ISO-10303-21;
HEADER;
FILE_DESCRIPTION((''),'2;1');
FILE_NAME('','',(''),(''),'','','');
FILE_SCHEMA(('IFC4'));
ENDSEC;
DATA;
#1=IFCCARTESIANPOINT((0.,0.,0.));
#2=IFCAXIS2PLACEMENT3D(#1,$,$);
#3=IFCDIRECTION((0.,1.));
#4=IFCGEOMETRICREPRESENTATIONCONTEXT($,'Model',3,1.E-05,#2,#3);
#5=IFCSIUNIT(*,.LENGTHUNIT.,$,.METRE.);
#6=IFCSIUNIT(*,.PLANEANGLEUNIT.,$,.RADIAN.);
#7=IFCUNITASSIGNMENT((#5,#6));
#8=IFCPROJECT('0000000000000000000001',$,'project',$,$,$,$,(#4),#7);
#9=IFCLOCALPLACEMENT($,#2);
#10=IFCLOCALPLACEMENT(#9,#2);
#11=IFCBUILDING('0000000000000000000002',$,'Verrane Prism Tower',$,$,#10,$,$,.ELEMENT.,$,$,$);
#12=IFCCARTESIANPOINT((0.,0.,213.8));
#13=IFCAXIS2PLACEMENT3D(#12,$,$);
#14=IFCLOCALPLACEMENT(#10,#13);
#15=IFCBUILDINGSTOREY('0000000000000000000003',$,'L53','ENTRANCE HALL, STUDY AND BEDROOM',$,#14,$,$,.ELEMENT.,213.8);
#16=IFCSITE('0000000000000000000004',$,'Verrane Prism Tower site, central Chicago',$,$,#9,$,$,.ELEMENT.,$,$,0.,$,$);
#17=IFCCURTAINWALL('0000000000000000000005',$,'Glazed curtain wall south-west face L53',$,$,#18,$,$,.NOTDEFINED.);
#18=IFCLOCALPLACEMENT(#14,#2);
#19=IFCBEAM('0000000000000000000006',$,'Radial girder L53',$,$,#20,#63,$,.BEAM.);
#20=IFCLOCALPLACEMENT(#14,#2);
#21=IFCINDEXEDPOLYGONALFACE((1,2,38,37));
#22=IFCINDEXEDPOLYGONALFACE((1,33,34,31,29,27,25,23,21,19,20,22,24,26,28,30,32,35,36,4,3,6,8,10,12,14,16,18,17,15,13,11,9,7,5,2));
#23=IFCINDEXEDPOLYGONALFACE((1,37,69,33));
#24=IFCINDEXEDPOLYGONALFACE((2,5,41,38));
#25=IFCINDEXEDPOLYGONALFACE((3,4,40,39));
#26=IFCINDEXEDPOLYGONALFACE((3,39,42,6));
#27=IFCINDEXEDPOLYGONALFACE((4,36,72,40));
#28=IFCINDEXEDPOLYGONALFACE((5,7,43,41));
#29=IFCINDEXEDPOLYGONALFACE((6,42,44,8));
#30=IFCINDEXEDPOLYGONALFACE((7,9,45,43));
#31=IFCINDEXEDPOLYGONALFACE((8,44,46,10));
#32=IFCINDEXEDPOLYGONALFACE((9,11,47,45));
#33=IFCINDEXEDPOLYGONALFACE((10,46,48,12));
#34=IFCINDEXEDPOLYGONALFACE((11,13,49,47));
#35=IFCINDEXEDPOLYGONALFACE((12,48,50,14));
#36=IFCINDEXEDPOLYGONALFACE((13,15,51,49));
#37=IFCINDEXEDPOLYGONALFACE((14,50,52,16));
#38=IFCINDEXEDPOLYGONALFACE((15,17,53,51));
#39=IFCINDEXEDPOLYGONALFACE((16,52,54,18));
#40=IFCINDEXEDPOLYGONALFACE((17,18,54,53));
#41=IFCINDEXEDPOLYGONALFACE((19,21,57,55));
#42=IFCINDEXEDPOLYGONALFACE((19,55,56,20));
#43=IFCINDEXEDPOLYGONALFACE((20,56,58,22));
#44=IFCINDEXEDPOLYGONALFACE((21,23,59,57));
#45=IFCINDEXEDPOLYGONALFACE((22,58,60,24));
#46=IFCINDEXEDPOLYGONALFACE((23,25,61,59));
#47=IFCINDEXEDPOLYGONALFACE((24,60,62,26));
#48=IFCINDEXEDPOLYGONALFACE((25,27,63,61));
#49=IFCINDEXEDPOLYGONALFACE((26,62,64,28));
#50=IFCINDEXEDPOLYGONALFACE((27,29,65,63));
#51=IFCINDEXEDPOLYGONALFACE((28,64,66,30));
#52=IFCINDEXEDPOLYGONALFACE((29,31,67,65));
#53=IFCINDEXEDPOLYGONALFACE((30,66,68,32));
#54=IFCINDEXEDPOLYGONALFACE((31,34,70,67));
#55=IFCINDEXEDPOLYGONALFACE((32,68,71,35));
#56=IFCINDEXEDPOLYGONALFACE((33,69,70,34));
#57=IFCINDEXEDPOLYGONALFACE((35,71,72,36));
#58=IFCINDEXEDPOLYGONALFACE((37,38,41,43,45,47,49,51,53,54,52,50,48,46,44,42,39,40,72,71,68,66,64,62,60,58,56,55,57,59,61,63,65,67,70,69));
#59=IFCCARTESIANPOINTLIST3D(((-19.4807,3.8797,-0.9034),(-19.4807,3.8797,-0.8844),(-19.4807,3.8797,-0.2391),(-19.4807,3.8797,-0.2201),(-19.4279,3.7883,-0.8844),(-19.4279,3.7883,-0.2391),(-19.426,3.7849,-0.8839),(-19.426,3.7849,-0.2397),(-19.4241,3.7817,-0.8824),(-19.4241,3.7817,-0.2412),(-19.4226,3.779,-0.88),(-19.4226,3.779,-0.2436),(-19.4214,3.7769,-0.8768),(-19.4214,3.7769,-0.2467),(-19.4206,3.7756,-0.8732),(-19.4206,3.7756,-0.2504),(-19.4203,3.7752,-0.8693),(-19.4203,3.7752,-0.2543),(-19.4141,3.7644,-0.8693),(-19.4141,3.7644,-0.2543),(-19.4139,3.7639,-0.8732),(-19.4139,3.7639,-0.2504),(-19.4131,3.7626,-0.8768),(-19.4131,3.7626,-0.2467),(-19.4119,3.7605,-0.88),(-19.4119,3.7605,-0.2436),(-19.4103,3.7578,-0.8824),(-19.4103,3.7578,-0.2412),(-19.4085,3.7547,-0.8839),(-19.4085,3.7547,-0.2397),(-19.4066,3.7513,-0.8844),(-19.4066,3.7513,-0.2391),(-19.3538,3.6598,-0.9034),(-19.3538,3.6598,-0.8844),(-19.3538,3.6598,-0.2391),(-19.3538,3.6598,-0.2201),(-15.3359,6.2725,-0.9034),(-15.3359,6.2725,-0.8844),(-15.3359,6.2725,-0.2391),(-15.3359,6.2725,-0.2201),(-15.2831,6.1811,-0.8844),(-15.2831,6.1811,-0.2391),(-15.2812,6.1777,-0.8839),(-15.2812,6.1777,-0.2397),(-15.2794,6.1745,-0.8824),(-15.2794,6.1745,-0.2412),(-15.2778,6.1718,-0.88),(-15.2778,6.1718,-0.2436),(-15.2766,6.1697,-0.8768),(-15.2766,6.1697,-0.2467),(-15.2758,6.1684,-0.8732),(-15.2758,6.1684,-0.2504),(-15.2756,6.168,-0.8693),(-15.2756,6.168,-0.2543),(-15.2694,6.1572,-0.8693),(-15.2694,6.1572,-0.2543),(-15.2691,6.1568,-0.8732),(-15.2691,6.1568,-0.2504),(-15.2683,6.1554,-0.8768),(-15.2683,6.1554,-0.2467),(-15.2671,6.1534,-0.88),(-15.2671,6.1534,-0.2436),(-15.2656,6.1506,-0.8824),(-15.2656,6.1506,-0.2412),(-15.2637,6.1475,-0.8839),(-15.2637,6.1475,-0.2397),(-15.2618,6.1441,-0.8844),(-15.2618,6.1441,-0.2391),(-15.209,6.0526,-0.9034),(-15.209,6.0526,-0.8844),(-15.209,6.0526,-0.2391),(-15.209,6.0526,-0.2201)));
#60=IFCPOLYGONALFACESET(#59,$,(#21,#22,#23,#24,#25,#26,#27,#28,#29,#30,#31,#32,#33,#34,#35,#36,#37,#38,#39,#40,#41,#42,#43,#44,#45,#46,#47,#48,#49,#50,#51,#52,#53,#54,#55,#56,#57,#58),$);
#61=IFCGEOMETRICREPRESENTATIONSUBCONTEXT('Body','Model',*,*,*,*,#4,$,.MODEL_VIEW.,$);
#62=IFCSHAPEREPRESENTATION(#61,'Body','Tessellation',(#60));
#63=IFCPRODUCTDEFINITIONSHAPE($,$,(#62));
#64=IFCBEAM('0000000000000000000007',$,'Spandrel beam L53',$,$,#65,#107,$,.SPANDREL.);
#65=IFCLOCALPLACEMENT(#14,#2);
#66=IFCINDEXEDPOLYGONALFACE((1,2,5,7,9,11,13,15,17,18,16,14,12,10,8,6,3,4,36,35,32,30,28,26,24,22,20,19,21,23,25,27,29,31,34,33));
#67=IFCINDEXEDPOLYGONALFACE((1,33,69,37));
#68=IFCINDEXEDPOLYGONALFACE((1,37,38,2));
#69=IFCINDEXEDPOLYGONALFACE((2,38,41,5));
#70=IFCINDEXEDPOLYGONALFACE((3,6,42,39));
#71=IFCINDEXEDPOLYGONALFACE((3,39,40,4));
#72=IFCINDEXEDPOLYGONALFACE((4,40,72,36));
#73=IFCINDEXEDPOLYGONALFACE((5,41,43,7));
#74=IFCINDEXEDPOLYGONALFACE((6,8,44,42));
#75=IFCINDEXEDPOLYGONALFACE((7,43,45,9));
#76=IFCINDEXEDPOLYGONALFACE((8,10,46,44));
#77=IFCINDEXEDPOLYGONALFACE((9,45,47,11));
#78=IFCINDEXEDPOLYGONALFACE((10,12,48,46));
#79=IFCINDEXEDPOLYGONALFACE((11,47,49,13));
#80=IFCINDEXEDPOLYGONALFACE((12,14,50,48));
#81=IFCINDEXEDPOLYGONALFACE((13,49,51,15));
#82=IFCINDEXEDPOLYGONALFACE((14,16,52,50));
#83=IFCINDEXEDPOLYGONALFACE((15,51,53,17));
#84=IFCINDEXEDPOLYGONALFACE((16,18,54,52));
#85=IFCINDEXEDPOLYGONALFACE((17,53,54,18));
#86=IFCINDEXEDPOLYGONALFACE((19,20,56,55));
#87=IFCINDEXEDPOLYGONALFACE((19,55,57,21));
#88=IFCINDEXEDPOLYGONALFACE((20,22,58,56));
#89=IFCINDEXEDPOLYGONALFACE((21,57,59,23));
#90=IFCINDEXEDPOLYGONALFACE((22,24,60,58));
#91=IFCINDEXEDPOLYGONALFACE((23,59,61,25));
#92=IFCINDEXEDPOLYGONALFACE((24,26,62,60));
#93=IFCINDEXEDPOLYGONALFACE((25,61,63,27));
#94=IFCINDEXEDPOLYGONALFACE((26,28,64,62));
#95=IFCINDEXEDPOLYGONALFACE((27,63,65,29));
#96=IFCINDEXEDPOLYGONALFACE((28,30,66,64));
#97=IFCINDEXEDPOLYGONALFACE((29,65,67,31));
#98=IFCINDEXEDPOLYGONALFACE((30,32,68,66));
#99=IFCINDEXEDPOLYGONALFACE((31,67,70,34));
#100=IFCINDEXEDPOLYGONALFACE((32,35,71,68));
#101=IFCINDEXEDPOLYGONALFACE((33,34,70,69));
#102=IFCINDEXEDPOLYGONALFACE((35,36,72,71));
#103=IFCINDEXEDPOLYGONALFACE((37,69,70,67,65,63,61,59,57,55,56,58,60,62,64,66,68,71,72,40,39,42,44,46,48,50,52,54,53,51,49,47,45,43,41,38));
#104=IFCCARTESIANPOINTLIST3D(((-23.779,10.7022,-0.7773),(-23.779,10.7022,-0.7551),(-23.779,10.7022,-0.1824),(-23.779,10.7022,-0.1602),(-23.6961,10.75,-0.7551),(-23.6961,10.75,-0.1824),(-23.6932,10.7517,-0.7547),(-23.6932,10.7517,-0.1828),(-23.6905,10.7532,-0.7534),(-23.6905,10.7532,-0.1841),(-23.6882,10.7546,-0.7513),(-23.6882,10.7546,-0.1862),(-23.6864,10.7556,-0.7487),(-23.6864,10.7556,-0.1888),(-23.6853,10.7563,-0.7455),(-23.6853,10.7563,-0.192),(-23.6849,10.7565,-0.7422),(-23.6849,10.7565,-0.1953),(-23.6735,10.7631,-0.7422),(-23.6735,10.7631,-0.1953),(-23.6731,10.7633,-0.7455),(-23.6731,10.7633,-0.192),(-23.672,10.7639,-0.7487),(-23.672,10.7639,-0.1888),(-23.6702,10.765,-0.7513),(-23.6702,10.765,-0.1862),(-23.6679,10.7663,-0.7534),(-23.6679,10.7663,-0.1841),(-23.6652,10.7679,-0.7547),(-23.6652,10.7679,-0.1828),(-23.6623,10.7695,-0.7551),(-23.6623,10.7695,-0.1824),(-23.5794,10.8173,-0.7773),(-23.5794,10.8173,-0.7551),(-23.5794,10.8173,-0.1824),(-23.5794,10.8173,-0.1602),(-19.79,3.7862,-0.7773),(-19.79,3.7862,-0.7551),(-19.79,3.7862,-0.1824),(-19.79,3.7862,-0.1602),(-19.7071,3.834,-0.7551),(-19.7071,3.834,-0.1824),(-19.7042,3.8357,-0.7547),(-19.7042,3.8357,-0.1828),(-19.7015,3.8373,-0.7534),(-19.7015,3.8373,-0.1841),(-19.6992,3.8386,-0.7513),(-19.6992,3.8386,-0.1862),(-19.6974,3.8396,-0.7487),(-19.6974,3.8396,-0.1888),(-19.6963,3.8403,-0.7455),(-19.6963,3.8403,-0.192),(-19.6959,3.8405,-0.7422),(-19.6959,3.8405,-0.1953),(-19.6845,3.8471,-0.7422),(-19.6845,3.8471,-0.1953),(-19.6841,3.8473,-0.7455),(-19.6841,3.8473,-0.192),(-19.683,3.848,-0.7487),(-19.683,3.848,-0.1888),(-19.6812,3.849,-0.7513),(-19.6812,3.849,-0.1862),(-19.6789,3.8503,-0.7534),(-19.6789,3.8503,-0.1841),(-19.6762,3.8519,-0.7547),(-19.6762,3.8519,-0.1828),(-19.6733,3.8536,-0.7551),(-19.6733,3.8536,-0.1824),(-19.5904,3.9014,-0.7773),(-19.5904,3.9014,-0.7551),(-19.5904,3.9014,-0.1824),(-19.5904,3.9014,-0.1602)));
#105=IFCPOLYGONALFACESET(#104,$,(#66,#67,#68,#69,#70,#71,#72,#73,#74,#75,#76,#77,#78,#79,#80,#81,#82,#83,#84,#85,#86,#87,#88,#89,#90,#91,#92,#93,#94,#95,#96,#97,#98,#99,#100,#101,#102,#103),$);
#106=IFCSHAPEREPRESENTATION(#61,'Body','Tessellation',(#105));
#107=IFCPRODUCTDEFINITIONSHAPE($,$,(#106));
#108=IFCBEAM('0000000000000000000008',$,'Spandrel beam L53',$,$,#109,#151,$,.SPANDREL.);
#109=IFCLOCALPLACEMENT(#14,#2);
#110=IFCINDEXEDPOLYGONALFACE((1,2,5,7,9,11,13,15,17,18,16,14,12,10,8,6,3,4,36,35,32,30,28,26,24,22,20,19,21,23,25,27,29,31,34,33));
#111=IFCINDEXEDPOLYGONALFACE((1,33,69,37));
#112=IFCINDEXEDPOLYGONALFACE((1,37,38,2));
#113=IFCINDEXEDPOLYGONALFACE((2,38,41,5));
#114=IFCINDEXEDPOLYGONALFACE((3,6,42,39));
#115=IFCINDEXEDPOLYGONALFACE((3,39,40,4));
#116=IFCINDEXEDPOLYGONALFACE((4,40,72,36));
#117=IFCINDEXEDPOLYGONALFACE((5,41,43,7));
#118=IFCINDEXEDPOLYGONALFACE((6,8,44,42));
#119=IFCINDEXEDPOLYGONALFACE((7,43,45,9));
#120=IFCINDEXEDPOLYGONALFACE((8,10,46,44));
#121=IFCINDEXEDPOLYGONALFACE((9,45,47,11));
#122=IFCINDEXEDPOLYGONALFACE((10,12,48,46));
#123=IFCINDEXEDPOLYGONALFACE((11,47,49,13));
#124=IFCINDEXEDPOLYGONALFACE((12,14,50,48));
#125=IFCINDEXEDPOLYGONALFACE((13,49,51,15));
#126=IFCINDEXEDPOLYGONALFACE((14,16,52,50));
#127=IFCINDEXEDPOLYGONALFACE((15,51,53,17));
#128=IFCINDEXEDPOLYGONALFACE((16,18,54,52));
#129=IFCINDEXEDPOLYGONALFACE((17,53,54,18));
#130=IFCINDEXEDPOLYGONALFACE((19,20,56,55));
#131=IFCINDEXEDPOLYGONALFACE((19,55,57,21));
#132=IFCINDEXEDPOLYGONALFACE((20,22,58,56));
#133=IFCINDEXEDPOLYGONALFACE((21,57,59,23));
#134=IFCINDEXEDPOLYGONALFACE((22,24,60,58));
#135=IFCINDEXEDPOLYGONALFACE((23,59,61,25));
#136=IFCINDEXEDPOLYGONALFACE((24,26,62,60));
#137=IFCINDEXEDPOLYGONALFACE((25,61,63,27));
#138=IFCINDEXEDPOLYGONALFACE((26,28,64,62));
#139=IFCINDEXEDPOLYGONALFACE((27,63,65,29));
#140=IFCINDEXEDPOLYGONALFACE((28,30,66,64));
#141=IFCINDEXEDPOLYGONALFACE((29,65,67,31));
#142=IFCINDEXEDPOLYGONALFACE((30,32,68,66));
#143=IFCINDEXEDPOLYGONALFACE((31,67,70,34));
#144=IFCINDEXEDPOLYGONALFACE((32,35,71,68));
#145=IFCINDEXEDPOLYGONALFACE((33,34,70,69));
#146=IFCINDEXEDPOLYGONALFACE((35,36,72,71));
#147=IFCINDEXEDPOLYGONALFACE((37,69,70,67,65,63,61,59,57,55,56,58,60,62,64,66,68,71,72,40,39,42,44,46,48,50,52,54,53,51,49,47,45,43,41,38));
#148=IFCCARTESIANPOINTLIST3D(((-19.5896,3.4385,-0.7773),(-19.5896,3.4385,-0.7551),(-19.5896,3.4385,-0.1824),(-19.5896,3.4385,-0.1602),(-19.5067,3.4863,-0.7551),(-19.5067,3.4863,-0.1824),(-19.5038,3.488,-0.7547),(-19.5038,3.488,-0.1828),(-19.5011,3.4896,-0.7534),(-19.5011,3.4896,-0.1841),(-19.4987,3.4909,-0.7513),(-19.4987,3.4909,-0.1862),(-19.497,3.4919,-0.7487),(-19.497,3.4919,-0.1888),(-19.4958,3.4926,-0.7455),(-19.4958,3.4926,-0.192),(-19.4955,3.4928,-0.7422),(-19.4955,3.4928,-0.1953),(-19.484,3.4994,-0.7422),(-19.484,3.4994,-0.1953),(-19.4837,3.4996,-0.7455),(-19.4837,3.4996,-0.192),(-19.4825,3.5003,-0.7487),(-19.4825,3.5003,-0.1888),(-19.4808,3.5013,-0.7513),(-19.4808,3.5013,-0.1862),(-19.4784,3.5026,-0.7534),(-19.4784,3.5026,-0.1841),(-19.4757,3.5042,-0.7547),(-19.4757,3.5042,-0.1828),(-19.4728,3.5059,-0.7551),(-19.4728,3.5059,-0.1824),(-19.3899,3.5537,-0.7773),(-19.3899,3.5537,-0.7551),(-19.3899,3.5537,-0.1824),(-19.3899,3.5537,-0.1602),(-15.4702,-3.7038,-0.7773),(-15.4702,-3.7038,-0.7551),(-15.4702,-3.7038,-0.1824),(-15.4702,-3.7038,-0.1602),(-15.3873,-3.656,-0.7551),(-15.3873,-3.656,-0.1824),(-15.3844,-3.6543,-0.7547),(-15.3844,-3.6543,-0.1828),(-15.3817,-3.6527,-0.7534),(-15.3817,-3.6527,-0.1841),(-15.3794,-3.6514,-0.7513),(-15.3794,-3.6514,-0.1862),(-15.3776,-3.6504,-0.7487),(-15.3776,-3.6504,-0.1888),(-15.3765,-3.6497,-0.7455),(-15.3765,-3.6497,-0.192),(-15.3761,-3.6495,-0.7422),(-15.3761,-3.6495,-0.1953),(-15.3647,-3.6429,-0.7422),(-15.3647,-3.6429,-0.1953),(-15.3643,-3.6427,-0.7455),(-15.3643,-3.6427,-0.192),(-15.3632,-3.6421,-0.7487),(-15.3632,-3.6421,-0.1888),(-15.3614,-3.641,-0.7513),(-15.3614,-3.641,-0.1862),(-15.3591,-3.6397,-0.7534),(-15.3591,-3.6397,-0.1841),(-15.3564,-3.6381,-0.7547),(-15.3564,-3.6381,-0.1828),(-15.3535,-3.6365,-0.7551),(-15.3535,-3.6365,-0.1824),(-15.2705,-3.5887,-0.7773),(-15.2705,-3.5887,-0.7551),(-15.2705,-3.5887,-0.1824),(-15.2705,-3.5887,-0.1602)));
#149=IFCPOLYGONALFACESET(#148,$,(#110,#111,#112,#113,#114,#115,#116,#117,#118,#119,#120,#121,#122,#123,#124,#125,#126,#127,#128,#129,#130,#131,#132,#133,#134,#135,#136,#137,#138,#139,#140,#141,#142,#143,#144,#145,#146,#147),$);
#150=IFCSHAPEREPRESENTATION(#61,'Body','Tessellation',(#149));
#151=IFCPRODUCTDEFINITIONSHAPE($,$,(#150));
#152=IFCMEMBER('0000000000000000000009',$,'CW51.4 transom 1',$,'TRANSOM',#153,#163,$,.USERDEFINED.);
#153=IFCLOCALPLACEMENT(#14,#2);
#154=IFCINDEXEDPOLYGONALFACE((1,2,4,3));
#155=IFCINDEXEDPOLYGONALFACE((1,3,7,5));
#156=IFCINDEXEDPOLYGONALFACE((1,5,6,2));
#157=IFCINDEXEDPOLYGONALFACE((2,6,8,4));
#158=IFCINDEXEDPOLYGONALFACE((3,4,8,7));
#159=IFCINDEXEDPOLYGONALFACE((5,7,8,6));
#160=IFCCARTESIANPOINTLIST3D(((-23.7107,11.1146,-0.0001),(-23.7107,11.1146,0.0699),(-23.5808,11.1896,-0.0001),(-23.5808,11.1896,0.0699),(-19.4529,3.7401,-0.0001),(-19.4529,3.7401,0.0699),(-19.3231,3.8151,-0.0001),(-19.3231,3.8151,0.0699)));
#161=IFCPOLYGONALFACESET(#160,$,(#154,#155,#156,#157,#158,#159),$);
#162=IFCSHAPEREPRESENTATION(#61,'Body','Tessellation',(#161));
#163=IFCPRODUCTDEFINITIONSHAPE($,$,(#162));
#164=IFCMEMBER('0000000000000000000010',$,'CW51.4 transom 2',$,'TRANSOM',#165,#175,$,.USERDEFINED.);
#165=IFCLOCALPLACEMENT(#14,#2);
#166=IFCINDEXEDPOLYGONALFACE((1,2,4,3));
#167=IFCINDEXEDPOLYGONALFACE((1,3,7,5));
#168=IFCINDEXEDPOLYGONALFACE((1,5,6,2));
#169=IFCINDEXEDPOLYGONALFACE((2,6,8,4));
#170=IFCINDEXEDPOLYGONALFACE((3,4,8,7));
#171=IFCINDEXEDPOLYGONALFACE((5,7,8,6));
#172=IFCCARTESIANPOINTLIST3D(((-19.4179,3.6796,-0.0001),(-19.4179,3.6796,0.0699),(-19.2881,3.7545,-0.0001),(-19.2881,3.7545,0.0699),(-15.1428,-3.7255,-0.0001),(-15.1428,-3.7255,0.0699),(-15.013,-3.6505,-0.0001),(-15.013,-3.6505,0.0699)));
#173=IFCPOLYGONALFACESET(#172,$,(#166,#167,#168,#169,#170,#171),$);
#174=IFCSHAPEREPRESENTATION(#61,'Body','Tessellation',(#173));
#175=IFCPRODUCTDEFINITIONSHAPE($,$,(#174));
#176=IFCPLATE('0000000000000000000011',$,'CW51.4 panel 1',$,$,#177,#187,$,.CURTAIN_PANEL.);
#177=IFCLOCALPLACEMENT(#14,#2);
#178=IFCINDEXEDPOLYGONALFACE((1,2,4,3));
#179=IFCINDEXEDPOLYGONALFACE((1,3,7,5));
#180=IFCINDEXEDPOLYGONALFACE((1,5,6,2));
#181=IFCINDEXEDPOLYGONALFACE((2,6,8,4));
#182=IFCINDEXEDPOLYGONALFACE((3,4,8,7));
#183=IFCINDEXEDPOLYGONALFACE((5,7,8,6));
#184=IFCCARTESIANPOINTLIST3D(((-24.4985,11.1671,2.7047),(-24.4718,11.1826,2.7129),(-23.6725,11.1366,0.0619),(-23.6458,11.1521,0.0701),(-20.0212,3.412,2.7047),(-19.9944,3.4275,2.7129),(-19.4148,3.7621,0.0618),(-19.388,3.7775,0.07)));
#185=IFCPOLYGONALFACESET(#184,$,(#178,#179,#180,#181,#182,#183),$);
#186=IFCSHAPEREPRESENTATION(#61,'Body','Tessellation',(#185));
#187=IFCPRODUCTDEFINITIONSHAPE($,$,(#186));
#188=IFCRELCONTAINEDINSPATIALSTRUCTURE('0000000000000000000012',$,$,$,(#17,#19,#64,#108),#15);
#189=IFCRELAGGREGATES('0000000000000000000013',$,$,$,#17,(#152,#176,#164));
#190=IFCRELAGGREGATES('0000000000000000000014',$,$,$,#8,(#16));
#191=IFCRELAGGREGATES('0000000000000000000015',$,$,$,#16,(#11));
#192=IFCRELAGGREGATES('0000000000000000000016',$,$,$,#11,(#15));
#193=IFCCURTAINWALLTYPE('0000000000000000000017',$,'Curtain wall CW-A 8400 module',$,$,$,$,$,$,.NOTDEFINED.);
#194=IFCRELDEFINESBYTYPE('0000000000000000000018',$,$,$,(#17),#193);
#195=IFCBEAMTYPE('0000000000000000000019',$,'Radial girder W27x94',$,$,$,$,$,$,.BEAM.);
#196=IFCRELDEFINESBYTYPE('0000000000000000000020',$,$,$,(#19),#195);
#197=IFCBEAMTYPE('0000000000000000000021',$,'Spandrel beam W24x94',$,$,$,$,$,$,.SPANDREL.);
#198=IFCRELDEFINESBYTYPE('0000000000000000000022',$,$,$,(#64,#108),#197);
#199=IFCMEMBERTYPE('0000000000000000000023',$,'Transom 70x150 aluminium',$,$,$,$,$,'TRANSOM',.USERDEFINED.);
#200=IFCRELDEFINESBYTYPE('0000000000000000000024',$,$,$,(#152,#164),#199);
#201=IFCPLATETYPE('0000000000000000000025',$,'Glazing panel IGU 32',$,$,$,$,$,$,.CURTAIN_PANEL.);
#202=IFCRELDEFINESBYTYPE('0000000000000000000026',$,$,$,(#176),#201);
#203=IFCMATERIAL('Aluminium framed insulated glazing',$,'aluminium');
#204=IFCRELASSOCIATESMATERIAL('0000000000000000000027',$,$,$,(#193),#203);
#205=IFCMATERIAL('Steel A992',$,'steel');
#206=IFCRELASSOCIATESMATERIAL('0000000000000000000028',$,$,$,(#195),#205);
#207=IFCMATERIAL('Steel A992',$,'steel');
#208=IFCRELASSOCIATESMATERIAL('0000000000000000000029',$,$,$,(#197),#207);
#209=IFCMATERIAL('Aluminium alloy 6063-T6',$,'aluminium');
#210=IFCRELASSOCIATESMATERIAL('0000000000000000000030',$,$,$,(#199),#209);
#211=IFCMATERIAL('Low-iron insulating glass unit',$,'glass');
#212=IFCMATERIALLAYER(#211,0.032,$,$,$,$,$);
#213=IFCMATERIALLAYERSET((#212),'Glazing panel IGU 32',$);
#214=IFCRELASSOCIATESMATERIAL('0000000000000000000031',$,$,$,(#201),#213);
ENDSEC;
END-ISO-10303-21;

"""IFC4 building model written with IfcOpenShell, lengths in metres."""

from ifc_helpers import new_model, si_unit, direction, frame, origin, origin_2d, place, context, subcontext, project, spatial, polyline, rectangle, i_section, outline, extrude, material, layer, layer_set, material_profile, profile_set, type_object, element, aggregate, save


model = new_model("IFC4")

# Units and contexts
model_context = context("Model", 3, precision=1e-05, world=origin(), true_north=direction((0.0, 1.0)))
body_context = subcontext(model_context, "Body", "Model", "MODEL_VIEW")
ifc_project = project(units=[si_unit("LENGTHUNIT", "METRE"), si_unit("PLANEANGLEUNIT", "RADIAN")], contexts=[model_context])

# Site, building, storey
site_placement = place(None, origin())
site = spatial("IfcSite", under=ifc_project, at=site_placement, Name="Verrane Prism Tower site, central Chicago", CompositionType="ELEMENT", RefElevation=0.0)
building_placement = place(site_placement, origin())
building = spatial("IfcBuilding", under=site, at=building_placement, Name="Verrane Prism Tower", CompositionType="ELEMENT")
storey_placement = place(building_placement, frame((0.0, 0.0, 213.8)))
storey = spatial("IfcBuildingStorey", under=building, at=storey_placement, Name="L53", Description="ENTRANCE HALL, STUDY AND BEDROOM", CompositionType="ELEMENT", Elevation=213.8)

# Curtain wall
ifc_material_1 = material(Name="Aluminium framed insulated glazing", Category="aluminium")
curtain_wall_type = type_object("IfcCurtainWallType", Name="Curtain wall CW-A 8400 module", PredefinedType="NOTDEFINED", material=ifc_material_1)
curtain_wall_placement = place(storey_placement, origin())
curtain_wall = element("IfcCurtainWall", 1, at=curtain_wall_placement, inside=storey, type_object=curtain_wall_type, Name="Glazed curtain wall south-west face L53", PredefinedType="NOTDEFINED")

# Beams
ifc_material_2 = material(Name="Steel A992", Category="steel")
ifc_material_profile_1 = material_profile(ifc_material_2, i_section(OverallWidth=0.2539, OverallDepth=0.6833, WebThickness=0.0125, FlangeThickness=0.019, FilletRadius=0.0151, at=origin_2d()), Name="W27x94")
ifc_profile_set_1 = profile_set([ifc_material_profile_1], Name="Steel A992")
beam_type_1 = type_object("IfcBeamType", Name="Radial girder W27x94", PredefinedType="BEAM", material=ifc_profile_set_1)
beam_1_placement = place(storey_placement, frame((-19.4172, 3.7698, -0.5618), z_axis=(0.86604, 0.499974, 0.0), x_axis=(-0.499974, 0.86604, 0.0)))
element("IfcBeam", 2, at=beam_1_placement, inside=storey, type_object=beam_type_1, Name="Radial girder L53", PredefinedType="BEAM", context=body_context, shape_type="SweptSolid", body=[
    extrude(i_section(OverallWidth=0.2539, OverallDepth=0.6833, WebThickness=0.0125, FlangeThickness=0.019, FilletRadius=0.0151, at=origin_2d()), origin(), (0.0, 0.0, 1.0), 4.7859),
])
ifc_material_3 = material(Name="Steel A992", Category="steel")
ifc_material_profile_2 = material_profile(ifc_material_3, i_section(OverallWidth=0.2305, OverallDepth=0.6172, WebThickness=0.0132, FlangeThickness=0.0222, FilletRadius=0.0129, at=origin_2d()), Name="W24x94")
ifc_profile_set_2 = profile_set([ifc_material_profile_2], Name="Steel A992")
beam_type_2 = type_object("IfcBeamType", Name="Spandrel beam W24x94", PredefinedType="SPANDREL", material=ifc_profile_set_2)
beam_2_placement = place(storey_placement, frame((-23.6792, 10.7598, -0.4688), z_axis=(0.499629, -0.86624, 0.0), x_axis=(0.86624, 0.499629, 0.0)))
element("IfcBeam", 3, at=beam_2_placement, inside=storey, type_object=beam_type_2, Name="Spandrel beam L53", PredefinedType="SPANDREL", context=body_context, shape_type="SweptSolid", body=[
    extrude(i_section(OverallWidth=0.2305, OverallDepth=0.6172, WebThickness=0.0132, FlangeThickness=0.0222, FilletRadius=0.0129, at=origin_2d()), origin(), (0.0, 0.0, 1.0), 7.9839),
])
beam_3_placement = place(storey_placement, frame((-19.4897, 3.4961, -0.4688), z_axis=(0.499614, -0.866248, 0.0), x_axis=(0.866248, 0.499614, 0.0)))
element("IfcBeam", 4, at=beam_3_placement, inside=storey, type_object=beam_type_2, Name="Spandrel beam L53", PredefinedType="SPANDREL", context=body_context, shape_type="SweptSolid", body=[
    extrude(i_section(OverallWidth=0.2305, OverallDepth=0.6172, WebThickness=0.0132, FlangeThickness=0.0222, FilletRadius=0.0129, at=origin_2d()), origin(), (0.0, 0.0, 1.0), 8.2451),
])

# Members
ifc_material_4 = material(Name="Aluminium alloy 6063-T6", Category="aluminium")
ifc_material_profile_3 = material_profile(ifc_material_4, rectangle(XDim=0.1499, YDim=0.0701, at=origin_2d()), Name="Transom 70x150 aluminium")
ifc_profile_set_3 = profile_set([ifc_material_profile_3], Name="Aluminium alloy 6063-T6")
member_type_1 = type_object("IfcMemberType", Name="Transom 70x150 aluminium", ElementType="TRANSOM", PredefinedType="USERDEFINED", material=ifc_profile_set_3)
member_1_placement = place(storey_placement, frame((-23.6458, 11.1521, 0.0349), z_axis=(0.500012, -0.866018, 0.0), x_axis=(0.866018, 0.500012, 0.0)))
member_1 = element("IfcMember", 5, at=member_1_placement, type_object=member_type_1, Name="CW51.4 transom 1", ObjectType="TRANSOM", PredefinedType="USERDEFINED", context=body_context, shape_type="SweptSolid", body=[
    extrude(rectangle(XDim=0.1499, YDim=0.0701, at=origin_2d()), origin(), (0.0, 0.0, 1.0), 8.5154),
])
member_2_placement = place(storey_placement, frame((-19.353, 3.717, 0.0349), z_axis=(0.499987, -0.866033, 0.0), x_axis=(0.866033, 0.499987, 0.0)))
member_2 = element("IfcMember", 6, at=member_2_placement, type_object=member_type_1, Name="CW51.4 transom 2", ObjectType="TRANSOM", PredefinedType="USERDEFINED", context=body_context, shape_type="SweptSolid", body=[
    extrude(rectangle(XDim=0.1499, YDim=0.0701, at=origin_2d()), origin(), (0.0, 0.0, 1.0), 8.5505),
])

# Plate
ifc_material_5 = material(Name="Low-iron insulating glass unit", Category="glass")
ifc_layer_1 = layer(ifc_material_5, 0.032)
ifc_layer_set_1 = layer_set([ifc_layer_1], Name="Glazing panel IGU 32")
plate_type = type_object("IfcPlateType", Name="Glazing panel IGU 32", PredefinedType="CURTAIN_PANEL", material=ifc_layer_set_1)
plate_1_placement = place(storey_placement, frame((-23.6458, 11.1521, 0.0701), z_axis=(0.837147, 0.483328, 0.256084), x_axis=(0.500001, -0.866025, -0.000003)))
plate_1 = element("IfcPlate", 7, at=plate_1_placement, type_object=plate_type, Name="CW51.4 panel 1", PredefinedType="CURTAIN_PANEL", context=body_context, shape_type="SweptSolid", body=[
    extrude(outline(polyline([(0.0, 0.0), (8.5154, 0.0), (8.5154, -2.734), (-0.4394, -2.734), (0.0, 0.0)])), origin(), (0.0, 0.0, -1.0), 0.032),
])
aggregate(curtain_wall, [member_1, plate_1, member_2])

save(model, "model.ifc")
